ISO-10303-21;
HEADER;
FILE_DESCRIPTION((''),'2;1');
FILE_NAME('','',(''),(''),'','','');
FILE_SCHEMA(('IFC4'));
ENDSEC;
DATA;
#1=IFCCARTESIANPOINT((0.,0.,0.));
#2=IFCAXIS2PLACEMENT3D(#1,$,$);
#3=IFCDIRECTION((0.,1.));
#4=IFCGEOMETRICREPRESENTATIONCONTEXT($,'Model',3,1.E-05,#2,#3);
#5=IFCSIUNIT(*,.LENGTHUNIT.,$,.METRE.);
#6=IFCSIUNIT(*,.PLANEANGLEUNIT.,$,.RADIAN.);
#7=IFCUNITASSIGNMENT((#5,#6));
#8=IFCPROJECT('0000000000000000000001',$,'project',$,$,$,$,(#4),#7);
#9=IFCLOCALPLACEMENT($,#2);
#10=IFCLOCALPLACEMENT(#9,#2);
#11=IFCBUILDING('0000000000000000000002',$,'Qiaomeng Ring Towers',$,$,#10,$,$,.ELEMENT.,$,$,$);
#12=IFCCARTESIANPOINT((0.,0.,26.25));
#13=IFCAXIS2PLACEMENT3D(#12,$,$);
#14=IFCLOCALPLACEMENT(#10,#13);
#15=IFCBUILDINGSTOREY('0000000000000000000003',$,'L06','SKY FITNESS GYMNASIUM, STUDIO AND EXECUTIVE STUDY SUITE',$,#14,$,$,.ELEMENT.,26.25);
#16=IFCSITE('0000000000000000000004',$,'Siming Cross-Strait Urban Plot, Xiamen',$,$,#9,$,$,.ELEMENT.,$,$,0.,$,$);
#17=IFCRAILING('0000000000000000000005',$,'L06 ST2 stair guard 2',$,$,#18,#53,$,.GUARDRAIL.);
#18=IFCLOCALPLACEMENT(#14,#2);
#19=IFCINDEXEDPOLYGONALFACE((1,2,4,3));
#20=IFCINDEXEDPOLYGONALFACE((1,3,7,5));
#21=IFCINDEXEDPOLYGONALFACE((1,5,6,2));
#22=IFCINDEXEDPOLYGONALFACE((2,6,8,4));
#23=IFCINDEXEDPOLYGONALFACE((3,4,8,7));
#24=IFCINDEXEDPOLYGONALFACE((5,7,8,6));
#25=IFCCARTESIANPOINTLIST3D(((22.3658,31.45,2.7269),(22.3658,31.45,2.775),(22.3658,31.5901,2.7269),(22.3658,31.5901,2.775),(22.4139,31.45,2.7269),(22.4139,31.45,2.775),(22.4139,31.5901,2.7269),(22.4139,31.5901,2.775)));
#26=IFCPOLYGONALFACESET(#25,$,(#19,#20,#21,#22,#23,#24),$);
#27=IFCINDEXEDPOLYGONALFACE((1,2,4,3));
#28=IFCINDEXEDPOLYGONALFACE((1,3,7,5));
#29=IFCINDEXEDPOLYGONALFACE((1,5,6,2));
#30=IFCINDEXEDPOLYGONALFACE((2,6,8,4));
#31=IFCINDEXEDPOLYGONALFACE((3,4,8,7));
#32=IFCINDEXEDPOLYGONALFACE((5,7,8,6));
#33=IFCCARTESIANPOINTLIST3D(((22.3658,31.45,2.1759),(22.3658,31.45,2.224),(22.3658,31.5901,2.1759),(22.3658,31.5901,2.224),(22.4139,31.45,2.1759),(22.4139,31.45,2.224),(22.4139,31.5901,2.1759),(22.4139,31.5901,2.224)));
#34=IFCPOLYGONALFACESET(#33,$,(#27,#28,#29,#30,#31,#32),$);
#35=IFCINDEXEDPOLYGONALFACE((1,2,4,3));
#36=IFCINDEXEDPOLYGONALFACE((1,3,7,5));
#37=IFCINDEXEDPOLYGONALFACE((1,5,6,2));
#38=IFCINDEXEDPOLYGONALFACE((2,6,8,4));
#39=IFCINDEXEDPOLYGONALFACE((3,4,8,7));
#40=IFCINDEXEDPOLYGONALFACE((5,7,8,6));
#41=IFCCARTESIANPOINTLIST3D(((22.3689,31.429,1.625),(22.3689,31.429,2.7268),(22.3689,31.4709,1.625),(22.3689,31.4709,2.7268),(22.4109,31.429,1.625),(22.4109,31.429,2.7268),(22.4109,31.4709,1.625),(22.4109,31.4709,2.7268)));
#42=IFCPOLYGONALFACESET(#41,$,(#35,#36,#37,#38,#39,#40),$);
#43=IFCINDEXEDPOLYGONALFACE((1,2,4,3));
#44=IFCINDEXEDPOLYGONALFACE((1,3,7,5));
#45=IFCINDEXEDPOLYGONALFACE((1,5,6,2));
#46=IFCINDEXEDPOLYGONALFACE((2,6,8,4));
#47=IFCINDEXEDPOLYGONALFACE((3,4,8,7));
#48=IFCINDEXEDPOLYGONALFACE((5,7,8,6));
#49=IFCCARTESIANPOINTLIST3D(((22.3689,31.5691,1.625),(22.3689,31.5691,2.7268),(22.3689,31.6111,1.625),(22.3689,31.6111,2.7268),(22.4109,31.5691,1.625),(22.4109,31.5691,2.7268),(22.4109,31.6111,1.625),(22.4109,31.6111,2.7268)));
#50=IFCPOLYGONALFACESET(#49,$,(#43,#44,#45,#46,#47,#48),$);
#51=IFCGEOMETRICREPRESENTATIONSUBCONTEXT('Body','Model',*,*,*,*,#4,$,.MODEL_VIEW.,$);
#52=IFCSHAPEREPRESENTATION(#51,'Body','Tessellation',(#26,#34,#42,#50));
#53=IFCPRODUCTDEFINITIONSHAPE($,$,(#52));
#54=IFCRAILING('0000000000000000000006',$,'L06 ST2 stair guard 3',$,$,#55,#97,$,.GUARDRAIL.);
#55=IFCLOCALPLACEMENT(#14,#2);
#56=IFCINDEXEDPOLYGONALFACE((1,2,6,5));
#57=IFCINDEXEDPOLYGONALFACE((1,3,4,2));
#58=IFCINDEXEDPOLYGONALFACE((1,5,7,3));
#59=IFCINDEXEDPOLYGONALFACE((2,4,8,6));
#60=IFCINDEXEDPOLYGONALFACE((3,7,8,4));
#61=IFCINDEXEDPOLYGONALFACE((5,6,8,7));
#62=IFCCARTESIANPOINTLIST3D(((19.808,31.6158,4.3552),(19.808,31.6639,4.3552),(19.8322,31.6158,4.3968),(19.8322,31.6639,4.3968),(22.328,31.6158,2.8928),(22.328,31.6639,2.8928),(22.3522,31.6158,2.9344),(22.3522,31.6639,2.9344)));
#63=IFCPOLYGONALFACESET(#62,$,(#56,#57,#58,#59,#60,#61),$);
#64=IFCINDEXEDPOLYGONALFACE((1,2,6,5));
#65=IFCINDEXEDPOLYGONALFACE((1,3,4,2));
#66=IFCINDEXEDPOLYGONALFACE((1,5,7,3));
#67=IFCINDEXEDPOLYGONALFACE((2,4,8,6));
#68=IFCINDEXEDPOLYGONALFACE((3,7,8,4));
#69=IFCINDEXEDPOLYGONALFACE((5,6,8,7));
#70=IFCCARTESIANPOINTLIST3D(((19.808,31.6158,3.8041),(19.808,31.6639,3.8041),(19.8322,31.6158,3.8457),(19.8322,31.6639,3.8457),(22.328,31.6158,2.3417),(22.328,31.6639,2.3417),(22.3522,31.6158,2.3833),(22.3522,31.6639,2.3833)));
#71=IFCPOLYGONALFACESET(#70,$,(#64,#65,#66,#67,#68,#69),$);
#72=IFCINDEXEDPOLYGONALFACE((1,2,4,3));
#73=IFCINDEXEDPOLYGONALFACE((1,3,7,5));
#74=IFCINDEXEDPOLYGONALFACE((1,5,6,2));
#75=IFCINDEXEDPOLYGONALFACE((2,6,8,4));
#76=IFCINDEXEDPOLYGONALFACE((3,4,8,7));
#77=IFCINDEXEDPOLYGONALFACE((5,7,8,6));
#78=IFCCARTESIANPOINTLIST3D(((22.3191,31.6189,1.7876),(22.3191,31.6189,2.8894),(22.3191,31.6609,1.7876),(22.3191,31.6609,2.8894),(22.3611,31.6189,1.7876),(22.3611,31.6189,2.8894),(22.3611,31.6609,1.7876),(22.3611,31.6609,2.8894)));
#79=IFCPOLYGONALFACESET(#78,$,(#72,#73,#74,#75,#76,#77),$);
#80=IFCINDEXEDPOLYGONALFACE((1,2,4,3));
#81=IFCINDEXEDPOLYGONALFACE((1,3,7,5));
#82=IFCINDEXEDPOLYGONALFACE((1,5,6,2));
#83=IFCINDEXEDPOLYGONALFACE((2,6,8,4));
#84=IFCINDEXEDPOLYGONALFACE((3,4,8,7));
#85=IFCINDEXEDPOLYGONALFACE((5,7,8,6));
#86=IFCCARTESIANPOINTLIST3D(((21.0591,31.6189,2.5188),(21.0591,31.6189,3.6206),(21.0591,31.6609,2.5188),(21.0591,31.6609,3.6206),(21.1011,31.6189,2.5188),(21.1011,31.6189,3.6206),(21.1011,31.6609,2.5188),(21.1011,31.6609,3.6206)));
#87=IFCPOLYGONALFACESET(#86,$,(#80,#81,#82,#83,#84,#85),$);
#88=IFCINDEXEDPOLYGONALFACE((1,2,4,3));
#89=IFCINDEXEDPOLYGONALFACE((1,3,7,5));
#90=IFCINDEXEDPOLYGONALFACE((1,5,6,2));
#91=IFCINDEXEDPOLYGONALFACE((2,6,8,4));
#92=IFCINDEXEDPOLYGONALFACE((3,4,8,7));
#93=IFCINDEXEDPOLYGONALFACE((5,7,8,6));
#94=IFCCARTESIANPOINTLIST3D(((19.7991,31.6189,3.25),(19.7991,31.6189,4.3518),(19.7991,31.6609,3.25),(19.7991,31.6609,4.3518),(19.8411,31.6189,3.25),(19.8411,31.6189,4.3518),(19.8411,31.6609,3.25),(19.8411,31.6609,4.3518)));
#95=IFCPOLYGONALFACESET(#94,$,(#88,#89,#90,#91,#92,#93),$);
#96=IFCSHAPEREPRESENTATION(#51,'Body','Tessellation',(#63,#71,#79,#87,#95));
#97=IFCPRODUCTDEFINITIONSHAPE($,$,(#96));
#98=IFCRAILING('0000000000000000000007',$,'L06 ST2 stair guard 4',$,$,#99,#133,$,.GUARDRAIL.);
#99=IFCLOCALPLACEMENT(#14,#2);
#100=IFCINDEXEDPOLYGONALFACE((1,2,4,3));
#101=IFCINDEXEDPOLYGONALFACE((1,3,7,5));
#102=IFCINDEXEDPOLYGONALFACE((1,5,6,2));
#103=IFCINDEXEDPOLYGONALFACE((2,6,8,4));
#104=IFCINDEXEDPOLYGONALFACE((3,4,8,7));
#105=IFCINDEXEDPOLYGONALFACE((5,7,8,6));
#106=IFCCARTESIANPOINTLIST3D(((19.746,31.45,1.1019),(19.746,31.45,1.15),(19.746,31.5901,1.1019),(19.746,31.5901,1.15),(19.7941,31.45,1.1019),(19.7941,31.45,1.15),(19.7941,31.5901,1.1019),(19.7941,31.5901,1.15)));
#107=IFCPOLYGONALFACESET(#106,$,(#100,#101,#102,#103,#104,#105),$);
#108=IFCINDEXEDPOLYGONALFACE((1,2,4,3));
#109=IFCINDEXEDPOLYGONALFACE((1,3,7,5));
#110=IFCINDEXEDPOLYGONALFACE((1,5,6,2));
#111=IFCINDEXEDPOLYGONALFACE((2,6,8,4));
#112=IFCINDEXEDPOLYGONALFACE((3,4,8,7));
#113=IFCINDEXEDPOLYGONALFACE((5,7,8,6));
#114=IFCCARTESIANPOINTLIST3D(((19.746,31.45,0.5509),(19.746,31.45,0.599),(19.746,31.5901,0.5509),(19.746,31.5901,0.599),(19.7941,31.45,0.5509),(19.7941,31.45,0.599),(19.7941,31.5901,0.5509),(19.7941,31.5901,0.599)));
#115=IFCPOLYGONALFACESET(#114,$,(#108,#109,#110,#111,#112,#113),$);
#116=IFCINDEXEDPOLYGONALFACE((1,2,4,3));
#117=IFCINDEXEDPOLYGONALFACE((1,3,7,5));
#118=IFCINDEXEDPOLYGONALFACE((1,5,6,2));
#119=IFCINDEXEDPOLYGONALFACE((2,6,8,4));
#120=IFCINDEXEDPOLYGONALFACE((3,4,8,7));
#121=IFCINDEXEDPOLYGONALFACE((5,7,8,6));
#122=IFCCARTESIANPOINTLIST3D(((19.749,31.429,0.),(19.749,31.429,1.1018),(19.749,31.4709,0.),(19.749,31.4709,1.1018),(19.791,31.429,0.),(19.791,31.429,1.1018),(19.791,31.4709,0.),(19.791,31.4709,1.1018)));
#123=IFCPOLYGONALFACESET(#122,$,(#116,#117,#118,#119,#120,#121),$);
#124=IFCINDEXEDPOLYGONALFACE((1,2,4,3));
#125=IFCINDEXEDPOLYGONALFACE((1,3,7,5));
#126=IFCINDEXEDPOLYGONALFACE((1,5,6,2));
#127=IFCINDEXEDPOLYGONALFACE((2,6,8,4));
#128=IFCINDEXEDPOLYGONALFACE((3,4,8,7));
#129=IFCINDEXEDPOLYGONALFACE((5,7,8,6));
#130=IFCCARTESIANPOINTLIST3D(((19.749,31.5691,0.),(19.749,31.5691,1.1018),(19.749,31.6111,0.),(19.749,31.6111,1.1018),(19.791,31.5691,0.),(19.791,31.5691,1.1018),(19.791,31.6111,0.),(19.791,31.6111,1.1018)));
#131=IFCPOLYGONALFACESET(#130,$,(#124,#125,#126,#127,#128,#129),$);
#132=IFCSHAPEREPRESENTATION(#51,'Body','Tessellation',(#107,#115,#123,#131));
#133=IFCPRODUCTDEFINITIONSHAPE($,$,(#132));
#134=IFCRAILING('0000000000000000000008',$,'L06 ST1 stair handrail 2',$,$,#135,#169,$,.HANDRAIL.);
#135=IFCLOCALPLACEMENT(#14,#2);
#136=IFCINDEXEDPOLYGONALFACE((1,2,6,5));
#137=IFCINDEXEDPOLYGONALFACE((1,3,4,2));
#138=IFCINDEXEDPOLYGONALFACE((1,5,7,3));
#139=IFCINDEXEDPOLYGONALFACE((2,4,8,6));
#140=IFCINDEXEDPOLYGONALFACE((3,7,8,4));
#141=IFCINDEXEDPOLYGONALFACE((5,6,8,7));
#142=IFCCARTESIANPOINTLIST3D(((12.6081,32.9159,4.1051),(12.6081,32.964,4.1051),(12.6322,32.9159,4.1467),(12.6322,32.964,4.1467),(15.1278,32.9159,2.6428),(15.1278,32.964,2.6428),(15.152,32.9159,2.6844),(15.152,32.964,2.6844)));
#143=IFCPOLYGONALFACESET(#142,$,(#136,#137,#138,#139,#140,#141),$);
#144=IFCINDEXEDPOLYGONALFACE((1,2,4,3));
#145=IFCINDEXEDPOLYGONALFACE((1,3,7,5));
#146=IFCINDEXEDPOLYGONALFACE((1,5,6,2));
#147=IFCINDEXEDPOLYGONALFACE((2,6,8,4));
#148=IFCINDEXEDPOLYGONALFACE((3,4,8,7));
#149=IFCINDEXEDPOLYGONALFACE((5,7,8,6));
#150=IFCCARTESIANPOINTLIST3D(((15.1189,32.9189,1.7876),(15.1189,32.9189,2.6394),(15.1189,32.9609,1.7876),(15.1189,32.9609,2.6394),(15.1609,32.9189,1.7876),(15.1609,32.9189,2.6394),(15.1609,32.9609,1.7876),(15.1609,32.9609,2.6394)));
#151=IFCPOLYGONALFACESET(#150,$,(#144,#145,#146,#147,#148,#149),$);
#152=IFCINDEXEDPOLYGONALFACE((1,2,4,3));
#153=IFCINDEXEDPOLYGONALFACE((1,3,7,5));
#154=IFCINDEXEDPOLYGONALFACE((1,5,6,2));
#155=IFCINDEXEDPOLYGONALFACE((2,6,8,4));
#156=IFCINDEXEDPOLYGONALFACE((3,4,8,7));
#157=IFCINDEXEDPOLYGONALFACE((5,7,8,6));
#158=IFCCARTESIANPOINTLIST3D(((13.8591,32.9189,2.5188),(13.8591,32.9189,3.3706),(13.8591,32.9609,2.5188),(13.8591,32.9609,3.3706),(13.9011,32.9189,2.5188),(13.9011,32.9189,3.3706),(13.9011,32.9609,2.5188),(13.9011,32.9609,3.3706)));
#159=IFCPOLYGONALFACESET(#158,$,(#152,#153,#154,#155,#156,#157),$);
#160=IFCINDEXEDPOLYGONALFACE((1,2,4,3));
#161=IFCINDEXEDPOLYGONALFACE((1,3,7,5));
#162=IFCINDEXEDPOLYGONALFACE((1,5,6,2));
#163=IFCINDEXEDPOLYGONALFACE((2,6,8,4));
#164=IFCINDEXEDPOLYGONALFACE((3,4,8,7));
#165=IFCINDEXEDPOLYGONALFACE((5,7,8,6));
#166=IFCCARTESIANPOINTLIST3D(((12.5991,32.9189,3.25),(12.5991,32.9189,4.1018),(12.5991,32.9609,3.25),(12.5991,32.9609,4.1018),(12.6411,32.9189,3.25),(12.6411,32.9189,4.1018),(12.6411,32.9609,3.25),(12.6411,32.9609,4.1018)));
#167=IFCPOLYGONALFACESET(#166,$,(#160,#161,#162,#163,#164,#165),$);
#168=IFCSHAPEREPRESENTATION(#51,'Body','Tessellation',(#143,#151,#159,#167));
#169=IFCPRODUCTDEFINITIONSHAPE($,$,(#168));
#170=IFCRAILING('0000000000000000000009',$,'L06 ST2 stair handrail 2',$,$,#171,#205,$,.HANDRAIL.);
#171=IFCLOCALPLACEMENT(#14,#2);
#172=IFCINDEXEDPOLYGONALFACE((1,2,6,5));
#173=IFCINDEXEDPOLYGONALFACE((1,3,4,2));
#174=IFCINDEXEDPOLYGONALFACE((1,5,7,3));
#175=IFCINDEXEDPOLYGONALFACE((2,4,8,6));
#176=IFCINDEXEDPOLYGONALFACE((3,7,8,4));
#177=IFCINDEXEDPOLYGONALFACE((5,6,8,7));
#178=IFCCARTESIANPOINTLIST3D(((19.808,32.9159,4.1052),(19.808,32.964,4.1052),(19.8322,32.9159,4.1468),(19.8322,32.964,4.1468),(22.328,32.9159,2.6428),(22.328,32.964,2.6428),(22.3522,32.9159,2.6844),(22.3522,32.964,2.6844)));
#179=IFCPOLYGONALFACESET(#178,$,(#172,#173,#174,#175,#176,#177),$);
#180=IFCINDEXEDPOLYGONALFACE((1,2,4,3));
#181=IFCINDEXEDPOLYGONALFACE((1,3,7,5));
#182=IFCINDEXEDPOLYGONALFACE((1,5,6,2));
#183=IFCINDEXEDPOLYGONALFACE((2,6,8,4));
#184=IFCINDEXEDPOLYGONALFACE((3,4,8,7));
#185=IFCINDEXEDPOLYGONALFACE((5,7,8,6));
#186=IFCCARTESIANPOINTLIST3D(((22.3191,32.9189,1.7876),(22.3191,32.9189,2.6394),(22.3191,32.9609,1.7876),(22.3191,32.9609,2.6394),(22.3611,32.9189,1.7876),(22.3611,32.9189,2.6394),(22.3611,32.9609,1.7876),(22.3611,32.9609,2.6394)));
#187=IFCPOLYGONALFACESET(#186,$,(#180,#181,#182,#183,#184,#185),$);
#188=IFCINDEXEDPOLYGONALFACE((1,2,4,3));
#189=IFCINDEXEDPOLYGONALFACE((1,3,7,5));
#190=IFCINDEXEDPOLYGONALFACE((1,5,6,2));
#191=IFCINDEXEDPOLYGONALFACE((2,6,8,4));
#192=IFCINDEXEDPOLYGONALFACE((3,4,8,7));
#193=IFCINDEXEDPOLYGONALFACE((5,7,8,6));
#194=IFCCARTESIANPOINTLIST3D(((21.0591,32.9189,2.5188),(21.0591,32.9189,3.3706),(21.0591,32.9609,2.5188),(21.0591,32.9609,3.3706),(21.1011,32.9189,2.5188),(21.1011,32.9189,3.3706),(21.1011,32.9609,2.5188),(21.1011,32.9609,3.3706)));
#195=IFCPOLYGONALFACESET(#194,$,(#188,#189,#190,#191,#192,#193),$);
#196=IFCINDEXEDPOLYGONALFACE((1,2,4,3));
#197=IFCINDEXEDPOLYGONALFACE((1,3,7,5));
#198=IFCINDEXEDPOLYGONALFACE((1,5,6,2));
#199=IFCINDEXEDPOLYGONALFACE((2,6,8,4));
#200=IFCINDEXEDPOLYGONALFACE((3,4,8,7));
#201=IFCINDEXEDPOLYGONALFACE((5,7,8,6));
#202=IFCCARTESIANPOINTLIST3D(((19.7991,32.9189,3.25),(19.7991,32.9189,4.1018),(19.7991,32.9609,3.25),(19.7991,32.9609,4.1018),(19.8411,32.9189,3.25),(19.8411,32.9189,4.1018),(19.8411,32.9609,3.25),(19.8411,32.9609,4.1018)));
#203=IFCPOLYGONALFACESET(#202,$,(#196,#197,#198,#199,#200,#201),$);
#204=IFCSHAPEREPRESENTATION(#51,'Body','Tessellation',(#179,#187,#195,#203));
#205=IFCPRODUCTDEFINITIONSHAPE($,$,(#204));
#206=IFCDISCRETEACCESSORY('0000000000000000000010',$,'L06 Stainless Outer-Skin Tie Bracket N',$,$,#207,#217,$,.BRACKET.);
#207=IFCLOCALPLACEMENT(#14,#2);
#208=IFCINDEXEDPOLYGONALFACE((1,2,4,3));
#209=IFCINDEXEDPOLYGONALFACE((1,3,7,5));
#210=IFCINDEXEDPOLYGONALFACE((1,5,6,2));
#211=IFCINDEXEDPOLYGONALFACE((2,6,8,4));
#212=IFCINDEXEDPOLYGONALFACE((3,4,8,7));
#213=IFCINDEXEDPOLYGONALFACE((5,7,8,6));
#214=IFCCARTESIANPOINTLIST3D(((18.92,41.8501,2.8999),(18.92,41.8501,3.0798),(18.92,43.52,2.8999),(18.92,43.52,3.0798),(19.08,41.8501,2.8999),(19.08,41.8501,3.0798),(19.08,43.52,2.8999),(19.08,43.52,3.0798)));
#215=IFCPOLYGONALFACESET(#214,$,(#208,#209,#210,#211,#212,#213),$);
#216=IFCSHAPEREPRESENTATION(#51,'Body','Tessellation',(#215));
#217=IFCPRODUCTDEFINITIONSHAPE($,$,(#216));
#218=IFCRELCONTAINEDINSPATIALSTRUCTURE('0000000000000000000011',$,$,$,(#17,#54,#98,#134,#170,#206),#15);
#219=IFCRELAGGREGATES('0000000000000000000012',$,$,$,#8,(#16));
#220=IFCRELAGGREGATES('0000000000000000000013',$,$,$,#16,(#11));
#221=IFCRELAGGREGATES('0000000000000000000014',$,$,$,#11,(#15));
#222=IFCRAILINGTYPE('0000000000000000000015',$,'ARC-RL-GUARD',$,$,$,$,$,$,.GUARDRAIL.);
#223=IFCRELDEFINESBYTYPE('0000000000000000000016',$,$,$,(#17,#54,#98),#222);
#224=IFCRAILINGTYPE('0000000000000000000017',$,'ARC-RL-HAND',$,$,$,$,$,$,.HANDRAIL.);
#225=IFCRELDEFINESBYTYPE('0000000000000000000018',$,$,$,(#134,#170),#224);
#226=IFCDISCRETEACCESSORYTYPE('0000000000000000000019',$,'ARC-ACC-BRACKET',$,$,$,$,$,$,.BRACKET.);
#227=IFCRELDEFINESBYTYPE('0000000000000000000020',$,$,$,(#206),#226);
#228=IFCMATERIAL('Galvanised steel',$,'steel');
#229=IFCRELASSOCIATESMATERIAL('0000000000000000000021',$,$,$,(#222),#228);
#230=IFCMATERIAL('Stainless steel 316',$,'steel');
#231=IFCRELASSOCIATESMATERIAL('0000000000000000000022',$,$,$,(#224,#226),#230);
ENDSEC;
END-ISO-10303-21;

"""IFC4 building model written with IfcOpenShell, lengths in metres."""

from ifc_helpers import new_model, si_unit, direction, frame, origin, origin_2d, place, context, subcontext, project, spatial, rectangle, extrude, source, transform, mapped, material, type_object, element, save


model = new_model("IFC4")

# Units and contexts
model_context = context("Model", 3, precision=1e-05, world=origin(), true_north=direction((0.0, 1.0)))
body_context = subcontext(model_context, "Body", "Model", "MODEL_VIEW")
ifc_project = project(units=[si_unit("LENGTHUNIT", "METRE"), si_unit("PLANEANGLEUNIT", "RADIAN")], contexts=[model_context])

# Site, building, storey
site_placement = place(None, origin())
site = spatial("IfcSite", under=ifc_project, at=site_placement, Name="Siming Cross-Strait Urban Plot, Xiamen", CompositionType="ELEMENT", RefElevation=0.0)
building_placement = place(site_placement, origin())
building = spatial("IfcBuilding", under=site, at=building_placement, Name="Qiaomeng Ring Towers", CompositionType="ELEMENT")
storey_placement = place(building_placement, frame((0.0, 0.0, 26.25)))
storey = spatial("IfcBuildingStorey", under=building, at=storey_placement, Name="L06", Description="SKY FITNESS GYMNASIUM, STUDIO AND EXECUTIVE STUDY SUITE", CompositionType="ELEMENT", Elevation=26.25)

# Shared definitions
ifc_material_1 = material(Name="Galvanised steel", Category="steel")

# Railings
railing_type_1 = type_object("IfcRailingType", Name="ARC-RL-GUARD", PredefinedType="GUARDRAIL", material=ifc_material_1)
railing_1_placement = place(storey_placement, frame((22.3899, 31.45, 1.625)))
element("IfcRailing", 1, at=railing_1_placement, inside=storey, type_object=railing_type_1, Name="L06 ST2 stair guard 2", PredefinedType="GUARDRAIL", context=body_context, shape_type="SweptSolid", body=[
    extrude(rectangle(XDim=0.0481, YDim=0.0481, at=origin_2d()), frame((0.0, 0.0, 1.126), z_axis=(0.0, 1.0, 0.0), x_axis=(-1.0, 0.0, 0.0)), (0.0, 0.0, 1.0), 0.1401),
    extrude(rectangle(XDim=0.0481, YDim=0.0481, at=origin_2d()), frame((0.0, 0.0, 0.575), z_axis=(0.0, 1.0, 0.0), x_axis=(-1.0, 0.0, 0.0)), (0.0, 0.0, 1.0), 0.1401),
    extrude(rectangle(XDim=0.042, YDim=0.042, at=origin_2d()), origin(), (0.0, 0.0, 1.0), 1.1018),
    extrude(rectangle(XDim=0.042, YDim=0.042, at=origin_2d()), frame((0.0, 0.1401, 0.0)), (0.0, 0.0, 1.0), 1.1018),
])
railing_2_placement = place(storey_placement, frame((22.3401, 31.6399, 1.7876)))
element("IfcRailing", 2, at=railing_2_placement, inside=storey, type_object=railing_type_1, Name="L06 ST2 stair guard 3", PredefinedType="GUARDRAIL", context=body_context, shape_type="SweptSolid", body=[
    extrude(rectangle(XDim=0.0481, YDim=0.0481, at=origin_2d()), frame((0.0, 0.0, 1.126), z_axis=(-0.864913, 0.0, 0.501921), x_axis=(0.0, -1.0, 0.0)), (0.0, 0.0, 1.0), 2.9136),
    extrude(rectangle(XDim=0.0481, YDim=0.0481, at=origin_2d()), frame((0.0, 0.0, 0.575), z_axis=(-0.864913, 0.0, 0.501921), x_axis=(0.0, -1.0, 0.0)), (0.0, 0.0, 1.0), 2.9136),
    extrude(rectangle(XDim=0.042, YDim=0.042, at=origin_2d()), origin(), (0.0, 0.0, 1.0), 1.1018),
    extrude(rectangle(XDim=0.042, YDim=0.042, at=origin_2d()), frame((-1.26, 0.0, 0.7312)), (0.0, 0.0, 1.0), 1.1018),
    extrude(rectangle(XDim=0.042, YDim=0.042, at=origin_2d()), frame((-2.52, 0.0, 1.4624)), (0.0, 0.0, 1.0), 1.1018),
])
railing_3_placement = place(storey_placement, frame((19.77, 31.45, 0.0)))
element("IfcRailing", 3, at=railing_3_placement, inside=storey, type_object=railing_type_1, Name="L06 ST2 stair guard 4", PredefinedType="GUARDRAIL", context=body_context, shape_type="SweptSolid", body=[
    extrude(rectangle(XDim=0.0481, YDim=0.0481, at=origin_2d()), frame((0.0, 0.0, 1.126), z_axis=(0.0, 1.0, 0.0), x_axis=(-1.0, 0.0, 0.0)), (0.0, 0.0, 1.0), 0.1401),
    extrude(rectangle(XDim=0.0481, YDim=0.0481, at=origin_2d()), frame((0.0, 0.0, 0.575), z_axis=(0.0, 1.0, 0.0), x_axis=(-1.0, 0.0, 0.0)), (0.0, 0.0, 1.0), 0.1401),
    extrude(rectangle(XDim=0.042, YDim=0.042, at=origin_2d()), origin(), (0.0, 0.0, 1.0), 1.1018),
    extrude(rectangle(XDim=0.042, YDim=0.042, at=origin_2d()), frame((0.0, 0.1401, 0.0)), (0.0, 0.0, 1.0), 1.1018),
])
ifc_material_2 = material(Name="Stainless steel 316", Category="steel")
railing_type_2 = type_object("IfcRailingType", Name="ARC-RL-HAND", PredefinedType="HANDRAIL", material=ifc_material_2)
railing_4_placement = place(storey_placement, frame((15.1399, 32.9399, 1.7876)))
element("IfcRailing", 4, at=railing_4_placement, inside=storey, type_object=railing_type_2, Name="L06 ST1 stair handrail 2", PredefinedType="HANDRAIL", context=body_context, shape_type="SweptSolid", body=[
    extrude(rectangle(XDim=0.0481, YDim=0.0481, at=origin_2d()), frame((0.0, 0.0, 0.876), z_axis=(-0.864892, 0.0, 0.501958), x_axis=(0.0, -1.0, 0.0)), (0.0, 0.0, 1.0), 2.9133),
    extrude(rectangle(XDim=0.042, YDim=0.042, at=origin_2d()), origin(), (0.0, 0.0, 1.0), 0.8518),
    extrude(rectangle(XDim=0.042, YDim=0.042, at=origin_2d()), frame((-1.2598, 0.0, 0.7312)), (0.0, 0.0, 1.0), 0.8518),
    extrude(rectangle(XDim=0.042, YDim=0.042, at=origin_2d()), frame((-2.5198, 0.0, 1.4624)), (0.0, 0.0, 1.0), 0.8518),
])
railing_5_placement = place(storey_placement, frame((22.3401, 32.9399, 1.7876)))
element("IfcRailing", 5, at=railing_5_placement, inside=storey, type_object=railing_type_2, Name="L06 ST2 stair handrail 2", PredefinedType="HANDRAIL", context=body_context, shape_type="SweptSolid", body=[
    extrude(rectangle(XDim=0.0481, YDim=0.0481, at=origin_2d()), frame((0.0, 0.0, 0.876), z_axis=(-0.864913, 0.0, 0.501921), x_axis=(0.0, -1.0, 0.0)), (0.0, 0.0, 1.0), 2.9136),
    extrude(rectangle(XDim=0.042, YDim=0.042, at=origin_2d()), origin(), (0.0, 0.0, 1.0), 0.8518),
    extrude(rectangle(XDim=0.042, YDim=0.042, at=origin_2d()), frame((-1.26, 0.0, 0.7312)), (0.0, 0.0, 1.0), 0.8518),
    extrude(rectangle(XDim=0.042, YDim=0.042, at=origin_2d()), frame((-2.52, 0.0, 1.4624)), (0.0, 0.0, 1.0), 0.8518),
])

# Discrete accessory
discrete_accessory_type = type_object("IfcDiscreteAccessoryType", Name="ARC-ACC-BRACKET", PredefinedType="BRACKET", material=ifc_material_2)
shared_shape_1 = source(origin(), body_context, "Body", "SweptSolid", [
    extrude(rectangle(XDim=0.1599, YDim=1.6699, at=origin_2d()), origin(), (0.0, 0.0, 1.0), 0.1799),
])
discrete_accessory_placement = place(storey_placement, frame((19.0, 42.6851, 2.8999), z_axis=(0.0, 0.0, 1.0), x_axis=(1.0, 0.0, 0.0)))
element("IfcDiscreteAccessory", 6, at=discrete_accessory_placement, inside=storey, type_object=discrete_accessory_type, Name="L06 Stainless Outer-Skin Tie Bracket N", PredefinedType="BRACKET", context=body_context, shape_type="MappedRepresentation", body=[
    mapped(shared_shape_1, transform((0.0, 0.0, 0.0), x_axis=(1.0, 0.0, 0.0), y_axis=(0.0, 1.0, 0.0), z_axis=(0.0, 0.0, 1.0), scale=1.0)),
])

save(model, "model.ifc")
